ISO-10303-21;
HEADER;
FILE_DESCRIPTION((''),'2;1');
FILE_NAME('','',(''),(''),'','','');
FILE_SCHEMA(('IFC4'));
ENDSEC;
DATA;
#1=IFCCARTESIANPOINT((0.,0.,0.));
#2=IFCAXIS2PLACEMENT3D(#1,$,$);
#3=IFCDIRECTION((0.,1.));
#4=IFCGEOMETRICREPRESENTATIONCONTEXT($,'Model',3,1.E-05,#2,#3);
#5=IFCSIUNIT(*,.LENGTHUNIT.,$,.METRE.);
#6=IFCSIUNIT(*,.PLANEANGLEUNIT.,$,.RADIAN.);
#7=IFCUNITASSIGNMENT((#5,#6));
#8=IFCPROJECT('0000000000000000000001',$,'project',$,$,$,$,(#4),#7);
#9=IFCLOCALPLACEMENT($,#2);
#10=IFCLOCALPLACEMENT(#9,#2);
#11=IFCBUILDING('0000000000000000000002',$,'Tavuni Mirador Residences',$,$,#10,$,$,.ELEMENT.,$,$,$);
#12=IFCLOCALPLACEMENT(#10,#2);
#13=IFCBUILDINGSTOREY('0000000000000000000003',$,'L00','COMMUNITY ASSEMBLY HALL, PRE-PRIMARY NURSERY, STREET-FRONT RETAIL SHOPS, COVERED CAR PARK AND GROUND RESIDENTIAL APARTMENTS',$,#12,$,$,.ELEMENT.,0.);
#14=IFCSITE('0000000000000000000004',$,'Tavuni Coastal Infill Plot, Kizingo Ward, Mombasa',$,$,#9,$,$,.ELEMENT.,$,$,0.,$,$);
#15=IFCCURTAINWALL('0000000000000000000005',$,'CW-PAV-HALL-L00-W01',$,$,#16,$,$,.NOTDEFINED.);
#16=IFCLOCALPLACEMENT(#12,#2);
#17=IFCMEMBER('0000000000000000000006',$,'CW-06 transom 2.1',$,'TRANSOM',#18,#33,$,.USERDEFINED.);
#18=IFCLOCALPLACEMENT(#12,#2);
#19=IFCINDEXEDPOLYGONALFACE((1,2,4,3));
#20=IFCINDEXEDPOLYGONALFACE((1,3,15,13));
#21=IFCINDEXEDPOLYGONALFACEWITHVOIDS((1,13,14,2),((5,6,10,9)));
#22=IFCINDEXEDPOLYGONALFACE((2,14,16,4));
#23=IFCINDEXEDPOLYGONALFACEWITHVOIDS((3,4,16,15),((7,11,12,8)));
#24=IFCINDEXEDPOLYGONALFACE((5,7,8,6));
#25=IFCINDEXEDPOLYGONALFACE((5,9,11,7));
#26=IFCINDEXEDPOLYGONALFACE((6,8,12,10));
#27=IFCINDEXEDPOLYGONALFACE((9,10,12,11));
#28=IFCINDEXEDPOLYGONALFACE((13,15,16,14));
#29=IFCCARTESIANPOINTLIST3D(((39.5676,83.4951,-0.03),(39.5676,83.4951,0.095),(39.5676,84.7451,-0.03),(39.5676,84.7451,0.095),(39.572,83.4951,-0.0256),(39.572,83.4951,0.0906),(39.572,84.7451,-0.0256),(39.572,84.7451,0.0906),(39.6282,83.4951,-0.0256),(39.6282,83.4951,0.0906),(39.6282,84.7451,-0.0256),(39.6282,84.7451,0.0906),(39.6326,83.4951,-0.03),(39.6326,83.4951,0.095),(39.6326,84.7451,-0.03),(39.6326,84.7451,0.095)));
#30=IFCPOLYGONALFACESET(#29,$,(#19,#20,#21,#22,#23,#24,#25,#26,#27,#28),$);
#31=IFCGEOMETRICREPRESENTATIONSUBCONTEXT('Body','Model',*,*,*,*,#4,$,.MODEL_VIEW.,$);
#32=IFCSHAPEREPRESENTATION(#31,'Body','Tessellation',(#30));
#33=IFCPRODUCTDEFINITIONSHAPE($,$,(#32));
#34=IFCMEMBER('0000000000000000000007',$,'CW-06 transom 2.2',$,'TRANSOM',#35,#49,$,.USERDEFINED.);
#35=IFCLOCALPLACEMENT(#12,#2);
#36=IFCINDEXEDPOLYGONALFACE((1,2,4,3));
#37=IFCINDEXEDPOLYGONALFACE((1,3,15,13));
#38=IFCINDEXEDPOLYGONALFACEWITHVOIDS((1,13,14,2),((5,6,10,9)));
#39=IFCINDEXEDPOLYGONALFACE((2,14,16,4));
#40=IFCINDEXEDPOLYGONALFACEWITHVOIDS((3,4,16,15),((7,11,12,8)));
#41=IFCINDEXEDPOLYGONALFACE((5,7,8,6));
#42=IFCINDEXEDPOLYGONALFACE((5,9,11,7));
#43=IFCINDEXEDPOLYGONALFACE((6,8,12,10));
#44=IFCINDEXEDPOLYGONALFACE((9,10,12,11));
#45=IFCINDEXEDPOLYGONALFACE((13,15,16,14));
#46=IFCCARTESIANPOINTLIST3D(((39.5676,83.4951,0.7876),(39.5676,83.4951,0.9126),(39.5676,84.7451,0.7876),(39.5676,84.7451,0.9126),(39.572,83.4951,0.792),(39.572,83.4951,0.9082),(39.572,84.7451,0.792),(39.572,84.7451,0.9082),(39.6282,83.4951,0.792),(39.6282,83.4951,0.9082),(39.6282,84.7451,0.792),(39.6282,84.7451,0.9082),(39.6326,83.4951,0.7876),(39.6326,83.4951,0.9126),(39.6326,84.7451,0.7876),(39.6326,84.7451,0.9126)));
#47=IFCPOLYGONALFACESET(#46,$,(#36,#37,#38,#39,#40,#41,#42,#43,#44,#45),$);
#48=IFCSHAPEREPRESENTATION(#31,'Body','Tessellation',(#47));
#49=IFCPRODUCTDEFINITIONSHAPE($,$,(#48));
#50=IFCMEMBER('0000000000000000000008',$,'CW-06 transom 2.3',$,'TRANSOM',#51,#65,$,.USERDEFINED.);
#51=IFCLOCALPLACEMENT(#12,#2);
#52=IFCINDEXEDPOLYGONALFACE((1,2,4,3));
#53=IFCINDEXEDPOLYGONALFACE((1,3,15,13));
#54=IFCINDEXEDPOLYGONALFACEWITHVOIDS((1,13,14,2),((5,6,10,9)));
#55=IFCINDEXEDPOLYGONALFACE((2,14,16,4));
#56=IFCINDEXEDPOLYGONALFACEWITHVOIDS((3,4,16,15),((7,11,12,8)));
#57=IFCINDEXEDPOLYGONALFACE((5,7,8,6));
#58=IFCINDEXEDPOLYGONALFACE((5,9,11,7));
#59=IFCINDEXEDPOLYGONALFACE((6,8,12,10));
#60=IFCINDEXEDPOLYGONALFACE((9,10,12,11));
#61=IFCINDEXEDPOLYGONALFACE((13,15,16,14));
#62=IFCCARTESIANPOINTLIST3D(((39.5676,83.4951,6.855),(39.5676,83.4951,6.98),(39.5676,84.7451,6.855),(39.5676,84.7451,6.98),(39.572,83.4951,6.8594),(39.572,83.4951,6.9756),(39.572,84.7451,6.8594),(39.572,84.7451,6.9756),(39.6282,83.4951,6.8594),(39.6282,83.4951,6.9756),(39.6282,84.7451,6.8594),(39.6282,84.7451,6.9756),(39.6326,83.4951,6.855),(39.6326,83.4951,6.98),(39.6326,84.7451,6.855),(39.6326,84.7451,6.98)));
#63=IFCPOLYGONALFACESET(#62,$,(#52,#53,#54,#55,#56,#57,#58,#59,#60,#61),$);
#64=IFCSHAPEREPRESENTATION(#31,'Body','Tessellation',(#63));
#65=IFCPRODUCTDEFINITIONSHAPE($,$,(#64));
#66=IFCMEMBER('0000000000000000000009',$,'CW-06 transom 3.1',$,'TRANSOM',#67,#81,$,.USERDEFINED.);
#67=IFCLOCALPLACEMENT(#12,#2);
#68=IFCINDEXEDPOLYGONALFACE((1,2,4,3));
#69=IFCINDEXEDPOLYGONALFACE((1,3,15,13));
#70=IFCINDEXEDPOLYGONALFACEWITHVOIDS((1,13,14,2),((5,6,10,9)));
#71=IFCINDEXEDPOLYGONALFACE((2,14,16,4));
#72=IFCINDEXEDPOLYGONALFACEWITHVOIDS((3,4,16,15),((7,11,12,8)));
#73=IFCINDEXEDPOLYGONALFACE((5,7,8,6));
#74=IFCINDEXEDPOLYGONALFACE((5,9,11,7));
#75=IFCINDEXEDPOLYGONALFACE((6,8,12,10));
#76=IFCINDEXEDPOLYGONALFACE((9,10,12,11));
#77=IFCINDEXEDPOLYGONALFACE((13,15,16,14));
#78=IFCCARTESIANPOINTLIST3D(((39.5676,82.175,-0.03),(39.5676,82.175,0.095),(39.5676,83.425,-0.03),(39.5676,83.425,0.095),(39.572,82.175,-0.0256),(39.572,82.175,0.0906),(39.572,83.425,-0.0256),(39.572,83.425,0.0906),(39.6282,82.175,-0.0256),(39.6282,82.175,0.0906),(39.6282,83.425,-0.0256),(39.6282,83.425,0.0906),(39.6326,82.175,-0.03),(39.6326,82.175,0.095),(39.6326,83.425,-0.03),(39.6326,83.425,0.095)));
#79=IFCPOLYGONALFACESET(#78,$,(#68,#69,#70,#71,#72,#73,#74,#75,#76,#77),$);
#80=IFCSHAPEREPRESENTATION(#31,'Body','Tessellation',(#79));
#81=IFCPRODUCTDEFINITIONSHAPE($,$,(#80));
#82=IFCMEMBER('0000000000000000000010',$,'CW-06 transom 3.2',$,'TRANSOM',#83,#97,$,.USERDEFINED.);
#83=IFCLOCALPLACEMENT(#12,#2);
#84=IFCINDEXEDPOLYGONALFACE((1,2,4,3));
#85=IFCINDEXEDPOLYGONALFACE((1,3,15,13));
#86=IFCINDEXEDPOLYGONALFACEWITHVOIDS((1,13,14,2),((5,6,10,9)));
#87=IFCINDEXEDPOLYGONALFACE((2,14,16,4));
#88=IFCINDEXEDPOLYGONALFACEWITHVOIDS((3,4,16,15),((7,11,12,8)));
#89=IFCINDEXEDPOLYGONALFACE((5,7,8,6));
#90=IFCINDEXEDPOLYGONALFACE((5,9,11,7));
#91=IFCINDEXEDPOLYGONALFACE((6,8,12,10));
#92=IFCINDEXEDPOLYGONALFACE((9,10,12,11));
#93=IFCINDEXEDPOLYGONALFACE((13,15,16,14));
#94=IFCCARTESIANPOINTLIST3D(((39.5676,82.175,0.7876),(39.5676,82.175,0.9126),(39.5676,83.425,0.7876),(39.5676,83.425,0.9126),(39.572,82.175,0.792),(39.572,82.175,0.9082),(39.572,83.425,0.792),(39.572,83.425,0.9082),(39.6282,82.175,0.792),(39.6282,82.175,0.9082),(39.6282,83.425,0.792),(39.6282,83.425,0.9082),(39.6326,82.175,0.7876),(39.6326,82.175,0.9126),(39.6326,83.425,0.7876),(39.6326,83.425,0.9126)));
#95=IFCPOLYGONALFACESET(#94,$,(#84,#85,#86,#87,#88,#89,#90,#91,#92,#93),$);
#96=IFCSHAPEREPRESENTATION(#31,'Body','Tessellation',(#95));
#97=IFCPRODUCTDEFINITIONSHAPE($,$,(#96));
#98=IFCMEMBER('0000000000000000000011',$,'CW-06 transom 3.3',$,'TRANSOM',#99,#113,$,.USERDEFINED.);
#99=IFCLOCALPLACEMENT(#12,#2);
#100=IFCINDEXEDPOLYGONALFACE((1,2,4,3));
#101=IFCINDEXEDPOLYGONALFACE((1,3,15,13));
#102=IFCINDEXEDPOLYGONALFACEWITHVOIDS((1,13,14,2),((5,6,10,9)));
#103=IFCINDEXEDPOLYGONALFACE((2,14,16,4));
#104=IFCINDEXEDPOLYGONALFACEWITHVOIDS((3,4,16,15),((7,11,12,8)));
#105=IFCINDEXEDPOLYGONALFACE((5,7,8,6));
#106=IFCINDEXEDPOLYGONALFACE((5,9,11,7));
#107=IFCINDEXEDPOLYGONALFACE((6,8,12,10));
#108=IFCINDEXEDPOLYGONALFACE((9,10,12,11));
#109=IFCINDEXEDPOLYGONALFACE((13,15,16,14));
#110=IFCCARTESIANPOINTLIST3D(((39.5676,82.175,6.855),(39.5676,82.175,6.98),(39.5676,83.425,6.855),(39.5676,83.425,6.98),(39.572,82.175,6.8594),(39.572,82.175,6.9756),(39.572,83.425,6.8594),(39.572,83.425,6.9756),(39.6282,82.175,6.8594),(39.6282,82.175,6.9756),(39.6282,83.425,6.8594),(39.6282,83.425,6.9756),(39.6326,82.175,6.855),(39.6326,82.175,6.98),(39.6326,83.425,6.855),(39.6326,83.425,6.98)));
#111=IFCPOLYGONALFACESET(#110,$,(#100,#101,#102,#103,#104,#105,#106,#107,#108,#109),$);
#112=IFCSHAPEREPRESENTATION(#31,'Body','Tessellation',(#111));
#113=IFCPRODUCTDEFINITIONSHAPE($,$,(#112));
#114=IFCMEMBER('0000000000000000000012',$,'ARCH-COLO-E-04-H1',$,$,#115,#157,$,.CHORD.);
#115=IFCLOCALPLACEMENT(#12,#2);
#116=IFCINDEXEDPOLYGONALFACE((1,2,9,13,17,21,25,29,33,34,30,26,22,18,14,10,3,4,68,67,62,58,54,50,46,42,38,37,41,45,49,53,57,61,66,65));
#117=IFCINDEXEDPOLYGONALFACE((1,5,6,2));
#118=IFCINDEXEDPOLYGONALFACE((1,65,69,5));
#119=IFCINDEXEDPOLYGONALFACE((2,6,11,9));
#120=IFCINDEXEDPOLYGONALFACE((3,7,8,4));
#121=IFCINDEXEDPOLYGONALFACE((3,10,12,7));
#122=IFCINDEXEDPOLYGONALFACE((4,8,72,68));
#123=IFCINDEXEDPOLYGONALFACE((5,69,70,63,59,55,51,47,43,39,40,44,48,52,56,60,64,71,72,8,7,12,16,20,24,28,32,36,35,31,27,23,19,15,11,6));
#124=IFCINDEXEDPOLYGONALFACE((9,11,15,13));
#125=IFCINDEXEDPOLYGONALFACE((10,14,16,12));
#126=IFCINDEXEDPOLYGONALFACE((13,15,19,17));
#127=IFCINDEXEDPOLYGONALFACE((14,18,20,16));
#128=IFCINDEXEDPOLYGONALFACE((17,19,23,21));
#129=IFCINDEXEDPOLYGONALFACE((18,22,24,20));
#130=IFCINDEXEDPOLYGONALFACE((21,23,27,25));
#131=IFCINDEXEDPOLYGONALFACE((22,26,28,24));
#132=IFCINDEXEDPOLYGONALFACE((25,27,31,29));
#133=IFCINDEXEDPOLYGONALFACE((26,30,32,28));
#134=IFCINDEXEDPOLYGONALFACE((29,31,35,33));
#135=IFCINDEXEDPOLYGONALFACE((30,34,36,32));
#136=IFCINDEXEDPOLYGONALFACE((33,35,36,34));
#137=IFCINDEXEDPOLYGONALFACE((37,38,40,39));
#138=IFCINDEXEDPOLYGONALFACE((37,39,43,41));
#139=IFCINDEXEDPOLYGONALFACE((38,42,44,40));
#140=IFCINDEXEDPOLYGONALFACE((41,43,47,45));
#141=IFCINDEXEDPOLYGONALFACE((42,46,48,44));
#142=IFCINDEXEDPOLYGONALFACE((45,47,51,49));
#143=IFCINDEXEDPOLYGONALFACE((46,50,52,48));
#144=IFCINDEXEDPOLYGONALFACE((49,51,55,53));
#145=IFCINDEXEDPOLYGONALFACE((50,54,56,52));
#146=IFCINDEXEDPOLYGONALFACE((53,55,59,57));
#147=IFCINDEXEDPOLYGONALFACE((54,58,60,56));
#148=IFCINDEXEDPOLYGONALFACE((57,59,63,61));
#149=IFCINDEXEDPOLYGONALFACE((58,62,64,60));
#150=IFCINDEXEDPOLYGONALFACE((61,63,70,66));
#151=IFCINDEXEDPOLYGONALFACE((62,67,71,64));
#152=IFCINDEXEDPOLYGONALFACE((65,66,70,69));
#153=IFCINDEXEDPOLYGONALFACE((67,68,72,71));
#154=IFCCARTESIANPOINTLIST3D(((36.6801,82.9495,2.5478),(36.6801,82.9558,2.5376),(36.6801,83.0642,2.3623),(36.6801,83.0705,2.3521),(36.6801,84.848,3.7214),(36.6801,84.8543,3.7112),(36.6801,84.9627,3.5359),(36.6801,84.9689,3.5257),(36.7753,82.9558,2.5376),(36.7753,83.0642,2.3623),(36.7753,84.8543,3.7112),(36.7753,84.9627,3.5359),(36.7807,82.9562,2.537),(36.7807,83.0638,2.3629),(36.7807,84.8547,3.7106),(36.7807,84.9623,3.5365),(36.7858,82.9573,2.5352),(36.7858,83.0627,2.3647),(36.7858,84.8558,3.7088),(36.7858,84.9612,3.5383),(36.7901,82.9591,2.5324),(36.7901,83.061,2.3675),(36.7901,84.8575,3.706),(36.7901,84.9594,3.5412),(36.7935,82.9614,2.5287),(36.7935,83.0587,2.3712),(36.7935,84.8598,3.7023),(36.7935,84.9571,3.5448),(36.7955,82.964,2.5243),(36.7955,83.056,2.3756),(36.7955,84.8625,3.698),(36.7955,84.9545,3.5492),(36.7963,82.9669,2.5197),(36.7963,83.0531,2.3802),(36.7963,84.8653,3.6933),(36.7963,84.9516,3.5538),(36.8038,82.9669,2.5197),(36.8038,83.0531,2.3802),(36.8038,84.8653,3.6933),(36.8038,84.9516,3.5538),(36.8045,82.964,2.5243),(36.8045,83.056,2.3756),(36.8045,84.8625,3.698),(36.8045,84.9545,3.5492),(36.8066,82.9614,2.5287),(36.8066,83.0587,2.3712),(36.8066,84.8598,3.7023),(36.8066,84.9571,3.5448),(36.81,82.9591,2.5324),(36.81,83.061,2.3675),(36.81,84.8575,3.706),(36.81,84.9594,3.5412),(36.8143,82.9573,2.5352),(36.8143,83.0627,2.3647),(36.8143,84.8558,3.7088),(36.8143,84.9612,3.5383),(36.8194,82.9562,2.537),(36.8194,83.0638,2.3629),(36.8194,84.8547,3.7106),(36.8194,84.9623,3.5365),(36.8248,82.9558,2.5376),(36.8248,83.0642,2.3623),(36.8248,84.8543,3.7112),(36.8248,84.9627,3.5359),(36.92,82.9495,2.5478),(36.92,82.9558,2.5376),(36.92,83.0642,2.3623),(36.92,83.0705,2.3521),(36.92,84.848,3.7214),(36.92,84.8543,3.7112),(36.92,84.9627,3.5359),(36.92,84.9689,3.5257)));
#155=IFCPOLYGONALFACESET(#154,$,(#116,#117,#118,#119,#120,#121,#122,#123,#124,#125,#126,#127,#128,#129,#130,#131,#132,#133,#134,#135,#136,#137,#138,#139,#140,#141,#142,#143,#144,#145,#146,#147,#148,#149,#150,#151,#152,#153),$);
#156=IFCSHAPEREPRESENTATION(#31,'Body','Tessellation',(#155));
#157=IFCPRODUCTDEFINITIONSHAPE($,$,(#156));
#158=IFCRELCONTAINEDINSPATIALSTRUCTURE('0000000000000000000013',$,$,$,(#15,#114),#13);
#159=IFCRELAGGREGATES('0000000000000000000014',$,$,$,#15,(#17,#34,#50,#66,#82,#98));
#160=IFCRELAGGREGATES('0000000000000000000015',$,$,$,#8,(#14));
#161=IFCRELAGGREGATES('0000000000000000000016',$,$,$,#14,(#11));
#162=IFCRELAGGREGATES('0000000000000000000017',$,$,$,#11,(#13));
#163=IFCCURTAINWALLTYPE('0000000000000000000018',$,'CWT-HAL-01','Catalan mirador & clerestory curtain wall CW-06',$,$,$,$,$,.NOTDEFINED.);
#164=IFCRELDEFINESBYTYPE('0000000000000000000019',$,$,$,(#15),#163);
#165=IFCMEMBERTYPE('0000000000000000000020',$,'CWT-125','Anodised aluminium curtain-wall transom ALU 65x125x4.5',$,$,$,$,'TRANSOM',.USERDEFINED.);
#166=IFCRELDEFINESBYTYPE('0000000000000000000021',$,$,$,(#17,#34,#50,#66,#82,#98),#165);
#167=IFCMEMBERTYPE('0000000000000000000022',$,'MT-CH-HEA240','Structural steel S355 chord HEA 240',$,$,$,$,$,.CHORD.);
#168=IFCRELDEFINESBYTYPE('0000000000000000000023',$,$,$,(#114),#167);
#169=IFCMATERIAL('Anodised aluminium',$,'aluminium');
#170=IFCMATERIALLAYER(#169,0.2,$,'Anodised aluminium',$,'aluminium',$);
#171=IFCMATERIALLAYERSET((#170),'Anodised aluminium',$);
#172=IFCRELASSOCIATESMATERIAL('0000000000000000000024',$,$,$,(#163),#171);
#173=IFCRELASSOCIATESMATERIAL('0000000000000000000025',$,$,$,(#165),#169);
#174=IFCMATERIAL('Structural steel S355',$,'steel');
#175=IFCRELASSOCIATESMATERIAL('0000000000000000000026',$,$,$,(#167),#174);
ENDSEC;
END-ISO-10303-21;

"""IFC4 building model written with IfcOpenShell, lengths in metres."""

from ifc_helpers import new_model, si_unit, direction, frame, origin, origin_2d, place, context, subcontext, project, spatial, hollow_rectangle, i_section, extrude, material, layer, layer_set, material_profile, profile_set, type_object, element, aggregate, save


model = new_model("IFC4")

# Units and contexts
model_context = context("Model", 3, precision=1e-05, world=origin(), true_north=direction((0.0, 1.0)))
body_context = subcontext(model_context, "Body", "Model", "MODEL_VIEW")
ifc_project = project(units=[si_unit("LENGTHUNIT", "METRE"), si_unit("PLANEANGLEUNIT", "RADIAN")], contexts=[model_context])

# Site, building, storey
site_placement = place(None, origin())
site = spatial("IfcSite", under=ifc_project, at=site_placement, Name="Tavuni Coastal Infill Plot, Kizingo Ward, Mombasa", CompositionType="ELEMENT", RefElevation=0.0)
building_placement = place(site_placement, origin())
building = spatial("IfcBuilding", under=site, at=building_placement, Name="Tavuni Mirador Residences", CompositionType="ELEMENT")
storey_placement = place(building_placement, origin())
storey = spatial("IfcBuildingStorey", under=building, at=storey_placement, Name="L00", Description="COMMUNITY ASSEMBLY HALL, PRE-PRIMARY NURSERY, STREET-FRONT RETAIL SHOPS, COVERED CAR PARK AND GROUND RESIDENTIAL APARTMENTS", CompositionType="ELEMENT", Elevation=0.0)

# Shared definitions
ifc_material_1 = material(Name="Anodised aluminium", Category="aluminium")
ifc_layer_1 = layer(ifc_material_1, 0.2, Name="Anodised aluminium", Category="aluminium")
ifc_layer_set_1 = layer_set([ifc_layer_1], Name="Anodised aluminium")
curtain_wall_type = type_object("IfcCurtainWallType", Name="CWT-HAL-01", Description="Catalan mirador & clerestory curtain wall CW-06", PredefinedType="NOTDEFINED", material=ifc_layer_set_1)

# Curtain wall
curtain_wall_1_placement = place(storey_placement, origin())
curtain_wall_1 = element("IfcCurtainWall", 1, at=curtain_wall_1_placement, inside=storey, type_object=curtain_wall_type, Name="CW-PAV-HALL-L00-W01", PredefinedType="NOTDEFINED")

# Members
ifc_material_profile_1 = material_profile(ifc_material_1, hollow_rectangle(XDim=0.0649, YDim=0.125, WallThickness=0.0044, at=origin_2d()), Name="ALU 65x125x4.5", Category="aluminium")
ifc_profile_set_1 = profile_set([ifc_material_profile_1], Name="Anodised aluminium")
member_type_1 = type_object("IfcMemberType", Name="CWT-125", Description="Anodised aluminium curtain-wall transom ALU 65x125x4.5", ElementType="TRANSOM", PredefinedType="USERDEFINED", material=ifc_profile_set_1)
member_1_placement = place(storey_placement, frame((39.6001, 84.7451, 0.0325), z_axis=(0.0, -1.0, 0.0), x_axis=(1.0, 0.0, 0.0)))
member_1 = element("IfcMember", 2, at=member_1_placement, type_object=member_type_1, Name="CW-06 transom 2.1", ObjectType="TRANSOM", PredefinedType="USERDEFINED", context=body_context, shape_type="SweptSolid", body=[
    extrude(hollow_rectangle(XDim=0.0649, YDim=0.125, WallThickness=0.0044, at=origin_2d()), origin(), (0.0, 0.0, 1.0), 1.25),
])
member_2_placement = place(storey_placement, frame((39.6001, 84.7451, 0.8501), z_axis=(0.0, -1.0, 0.0), x_axis=(1.0, 0.0, 0.0)))
member_2 = element("IfcMember", 3, at=member_2_placement, type_object=member_type_1, Name="CW-06 transom 2.2", ObjectType="TRANSOM", PredefinedType="USERDEFINED", context=body_context, shape_type="SweptSolid", body=[
    extrude(hollow_rectangle(XDim=0.0649, YDim=0.125, WallThickness=0.0044, at=origin_2d()), origin(), (0.0, 0.0, 1.0), 1.25),
])
member_3_placement = place(storey_placement, frame((39.6001, 84.7451, 6.9175), z_axis=(0.0, -1.0, 0.0), x_axis=(1.0, 0.0, 0.0)))
member_3 = element("IfcMember", 4, at=member_3_placement, type_object=member_type_1, Name="CW-06 transom 2.3", ObjectType="TRANSOM", PredefinedType="USERDEFINED", context=body_context, shape_type="SweptSolid", body=[
    extrude(hollow_rectangle(XDim=0.0649, YDim=0.125, WallThickness=0.0044, at=origin_2d()), origin(), (0.0, 0.0, 1.0), 1.25),
])
member_4_placement = place(storey_placement, frame((39.6001, 83.425, 0.0325), z_axis=(0.0, -1.0, 0.0), x_axis=(1.0, 0.0, 0.0)))
member_4 = element("IfcMember", 5, at=member_4_placement, type_object=member_type_1, Name="CW-06 transom 3.1", ObjectType="TRANSOM", PredefinedType="USERDEFINED", context=body_context, shape_type="SweptSolid", body=[
    extrude(hollow_rectangle(XDim=0.0649, YDim=0.125, WallThickness=0.0044, at=origin_2d()), origin(), (0.0, 0.0, 1.0), 1.25),
])
member_5_placement = place(storey_placement, frame((39.6001, 83.425, 0.8501), z_axis=(0.0, -1.0, 0.0), x_axis=(1.0, 0.0, 0.0)))
member_5 = element("IfcMember", 6, at=member_5_placement, type_object=member_type_1, Name="CW-06 transom 3.2", ObjectType="TRANSOM", PredefinedType="USERDEFINED", context=body_context, shape_type="SweptSolid", body=[
    extrude(hollow_rectangle(XDim=0.0649, YDim=0.125, WallThickness=0.0044, at=origin_2d()), origin(), (0.0, 0.0, 1.0), 1.25),
])
member_6_placement = place(storey_placement, frame((39.6001, 83.425, 6.9175), z_axis=(0.0, -1.0, 0.0), x_axis=(1.0, 0.0, 0.0)))
member_6 = element("IfcMember", 7, at=member_6_placement, type_object=member_type_1, Name="CW-06 transom 3.3", ObjectType="TRANSOM", PredefinedType="USERDEFINED", context=body_context, shape_type="SweptSolid", body=[
    extrude(hollow_rectangle(XDim=0.0649, YDim=0.125, WallThickness=0.0044, at=origin_2d()), origin(), (0.0, 0.0, 1.0), 1.25),
])

# Member
ifc_material_2 = material(Name="Structural steel S355", Category="steel")
ifc_material_profile_2 = material_profile(ifc_material_2, i_section(OverallWidth=0.24, OverallDepth=0.23, WebThickness=0.0076, FlangeThickness=0.012, FilletRadius=0.021, at=origin_2d()), Name="HEA 240", Category="steel")
ifc_profile_set_2 = profile_set([ifc_material_profile_2], Name="Structural steel S355")
member_type_2 = type_object("IfcMemberType", Name="MT-CH-HEA240", Description="Structural steel S355 chord HEA 240", PredefinedType="CHORD", material=ifc_profile_set_2)
member_7_placement = place(storey_placement, frame((36.8, 83.01, 2.45), z_axis=(0.0, 0.850594, 0.525824), x_axis=(-1.0, 0.0, 0.0)))
element("IfcMember", 8, at=member_7_placement, inside=storey, type_object=member_type_2, Name="ARCH-COLO-E-04-H1", PredefinedType="CHORD", context=body_context, shape_type="SweptSolid", body=[
    extrude(i_section(OverallWidth=0.24, OverallDepth=0.23, WebThickness=0.0076, FlangeThickness=0.012, FilletRadius=0.021, at=origin_2d()), origin(), (0.0, 0.0, 1.0), 2.2319),
])

aggregate(curtain_wall_1, [member_1, member_2, member_3, member_4, member_5, member_6])

save(model, "model.ifc")
